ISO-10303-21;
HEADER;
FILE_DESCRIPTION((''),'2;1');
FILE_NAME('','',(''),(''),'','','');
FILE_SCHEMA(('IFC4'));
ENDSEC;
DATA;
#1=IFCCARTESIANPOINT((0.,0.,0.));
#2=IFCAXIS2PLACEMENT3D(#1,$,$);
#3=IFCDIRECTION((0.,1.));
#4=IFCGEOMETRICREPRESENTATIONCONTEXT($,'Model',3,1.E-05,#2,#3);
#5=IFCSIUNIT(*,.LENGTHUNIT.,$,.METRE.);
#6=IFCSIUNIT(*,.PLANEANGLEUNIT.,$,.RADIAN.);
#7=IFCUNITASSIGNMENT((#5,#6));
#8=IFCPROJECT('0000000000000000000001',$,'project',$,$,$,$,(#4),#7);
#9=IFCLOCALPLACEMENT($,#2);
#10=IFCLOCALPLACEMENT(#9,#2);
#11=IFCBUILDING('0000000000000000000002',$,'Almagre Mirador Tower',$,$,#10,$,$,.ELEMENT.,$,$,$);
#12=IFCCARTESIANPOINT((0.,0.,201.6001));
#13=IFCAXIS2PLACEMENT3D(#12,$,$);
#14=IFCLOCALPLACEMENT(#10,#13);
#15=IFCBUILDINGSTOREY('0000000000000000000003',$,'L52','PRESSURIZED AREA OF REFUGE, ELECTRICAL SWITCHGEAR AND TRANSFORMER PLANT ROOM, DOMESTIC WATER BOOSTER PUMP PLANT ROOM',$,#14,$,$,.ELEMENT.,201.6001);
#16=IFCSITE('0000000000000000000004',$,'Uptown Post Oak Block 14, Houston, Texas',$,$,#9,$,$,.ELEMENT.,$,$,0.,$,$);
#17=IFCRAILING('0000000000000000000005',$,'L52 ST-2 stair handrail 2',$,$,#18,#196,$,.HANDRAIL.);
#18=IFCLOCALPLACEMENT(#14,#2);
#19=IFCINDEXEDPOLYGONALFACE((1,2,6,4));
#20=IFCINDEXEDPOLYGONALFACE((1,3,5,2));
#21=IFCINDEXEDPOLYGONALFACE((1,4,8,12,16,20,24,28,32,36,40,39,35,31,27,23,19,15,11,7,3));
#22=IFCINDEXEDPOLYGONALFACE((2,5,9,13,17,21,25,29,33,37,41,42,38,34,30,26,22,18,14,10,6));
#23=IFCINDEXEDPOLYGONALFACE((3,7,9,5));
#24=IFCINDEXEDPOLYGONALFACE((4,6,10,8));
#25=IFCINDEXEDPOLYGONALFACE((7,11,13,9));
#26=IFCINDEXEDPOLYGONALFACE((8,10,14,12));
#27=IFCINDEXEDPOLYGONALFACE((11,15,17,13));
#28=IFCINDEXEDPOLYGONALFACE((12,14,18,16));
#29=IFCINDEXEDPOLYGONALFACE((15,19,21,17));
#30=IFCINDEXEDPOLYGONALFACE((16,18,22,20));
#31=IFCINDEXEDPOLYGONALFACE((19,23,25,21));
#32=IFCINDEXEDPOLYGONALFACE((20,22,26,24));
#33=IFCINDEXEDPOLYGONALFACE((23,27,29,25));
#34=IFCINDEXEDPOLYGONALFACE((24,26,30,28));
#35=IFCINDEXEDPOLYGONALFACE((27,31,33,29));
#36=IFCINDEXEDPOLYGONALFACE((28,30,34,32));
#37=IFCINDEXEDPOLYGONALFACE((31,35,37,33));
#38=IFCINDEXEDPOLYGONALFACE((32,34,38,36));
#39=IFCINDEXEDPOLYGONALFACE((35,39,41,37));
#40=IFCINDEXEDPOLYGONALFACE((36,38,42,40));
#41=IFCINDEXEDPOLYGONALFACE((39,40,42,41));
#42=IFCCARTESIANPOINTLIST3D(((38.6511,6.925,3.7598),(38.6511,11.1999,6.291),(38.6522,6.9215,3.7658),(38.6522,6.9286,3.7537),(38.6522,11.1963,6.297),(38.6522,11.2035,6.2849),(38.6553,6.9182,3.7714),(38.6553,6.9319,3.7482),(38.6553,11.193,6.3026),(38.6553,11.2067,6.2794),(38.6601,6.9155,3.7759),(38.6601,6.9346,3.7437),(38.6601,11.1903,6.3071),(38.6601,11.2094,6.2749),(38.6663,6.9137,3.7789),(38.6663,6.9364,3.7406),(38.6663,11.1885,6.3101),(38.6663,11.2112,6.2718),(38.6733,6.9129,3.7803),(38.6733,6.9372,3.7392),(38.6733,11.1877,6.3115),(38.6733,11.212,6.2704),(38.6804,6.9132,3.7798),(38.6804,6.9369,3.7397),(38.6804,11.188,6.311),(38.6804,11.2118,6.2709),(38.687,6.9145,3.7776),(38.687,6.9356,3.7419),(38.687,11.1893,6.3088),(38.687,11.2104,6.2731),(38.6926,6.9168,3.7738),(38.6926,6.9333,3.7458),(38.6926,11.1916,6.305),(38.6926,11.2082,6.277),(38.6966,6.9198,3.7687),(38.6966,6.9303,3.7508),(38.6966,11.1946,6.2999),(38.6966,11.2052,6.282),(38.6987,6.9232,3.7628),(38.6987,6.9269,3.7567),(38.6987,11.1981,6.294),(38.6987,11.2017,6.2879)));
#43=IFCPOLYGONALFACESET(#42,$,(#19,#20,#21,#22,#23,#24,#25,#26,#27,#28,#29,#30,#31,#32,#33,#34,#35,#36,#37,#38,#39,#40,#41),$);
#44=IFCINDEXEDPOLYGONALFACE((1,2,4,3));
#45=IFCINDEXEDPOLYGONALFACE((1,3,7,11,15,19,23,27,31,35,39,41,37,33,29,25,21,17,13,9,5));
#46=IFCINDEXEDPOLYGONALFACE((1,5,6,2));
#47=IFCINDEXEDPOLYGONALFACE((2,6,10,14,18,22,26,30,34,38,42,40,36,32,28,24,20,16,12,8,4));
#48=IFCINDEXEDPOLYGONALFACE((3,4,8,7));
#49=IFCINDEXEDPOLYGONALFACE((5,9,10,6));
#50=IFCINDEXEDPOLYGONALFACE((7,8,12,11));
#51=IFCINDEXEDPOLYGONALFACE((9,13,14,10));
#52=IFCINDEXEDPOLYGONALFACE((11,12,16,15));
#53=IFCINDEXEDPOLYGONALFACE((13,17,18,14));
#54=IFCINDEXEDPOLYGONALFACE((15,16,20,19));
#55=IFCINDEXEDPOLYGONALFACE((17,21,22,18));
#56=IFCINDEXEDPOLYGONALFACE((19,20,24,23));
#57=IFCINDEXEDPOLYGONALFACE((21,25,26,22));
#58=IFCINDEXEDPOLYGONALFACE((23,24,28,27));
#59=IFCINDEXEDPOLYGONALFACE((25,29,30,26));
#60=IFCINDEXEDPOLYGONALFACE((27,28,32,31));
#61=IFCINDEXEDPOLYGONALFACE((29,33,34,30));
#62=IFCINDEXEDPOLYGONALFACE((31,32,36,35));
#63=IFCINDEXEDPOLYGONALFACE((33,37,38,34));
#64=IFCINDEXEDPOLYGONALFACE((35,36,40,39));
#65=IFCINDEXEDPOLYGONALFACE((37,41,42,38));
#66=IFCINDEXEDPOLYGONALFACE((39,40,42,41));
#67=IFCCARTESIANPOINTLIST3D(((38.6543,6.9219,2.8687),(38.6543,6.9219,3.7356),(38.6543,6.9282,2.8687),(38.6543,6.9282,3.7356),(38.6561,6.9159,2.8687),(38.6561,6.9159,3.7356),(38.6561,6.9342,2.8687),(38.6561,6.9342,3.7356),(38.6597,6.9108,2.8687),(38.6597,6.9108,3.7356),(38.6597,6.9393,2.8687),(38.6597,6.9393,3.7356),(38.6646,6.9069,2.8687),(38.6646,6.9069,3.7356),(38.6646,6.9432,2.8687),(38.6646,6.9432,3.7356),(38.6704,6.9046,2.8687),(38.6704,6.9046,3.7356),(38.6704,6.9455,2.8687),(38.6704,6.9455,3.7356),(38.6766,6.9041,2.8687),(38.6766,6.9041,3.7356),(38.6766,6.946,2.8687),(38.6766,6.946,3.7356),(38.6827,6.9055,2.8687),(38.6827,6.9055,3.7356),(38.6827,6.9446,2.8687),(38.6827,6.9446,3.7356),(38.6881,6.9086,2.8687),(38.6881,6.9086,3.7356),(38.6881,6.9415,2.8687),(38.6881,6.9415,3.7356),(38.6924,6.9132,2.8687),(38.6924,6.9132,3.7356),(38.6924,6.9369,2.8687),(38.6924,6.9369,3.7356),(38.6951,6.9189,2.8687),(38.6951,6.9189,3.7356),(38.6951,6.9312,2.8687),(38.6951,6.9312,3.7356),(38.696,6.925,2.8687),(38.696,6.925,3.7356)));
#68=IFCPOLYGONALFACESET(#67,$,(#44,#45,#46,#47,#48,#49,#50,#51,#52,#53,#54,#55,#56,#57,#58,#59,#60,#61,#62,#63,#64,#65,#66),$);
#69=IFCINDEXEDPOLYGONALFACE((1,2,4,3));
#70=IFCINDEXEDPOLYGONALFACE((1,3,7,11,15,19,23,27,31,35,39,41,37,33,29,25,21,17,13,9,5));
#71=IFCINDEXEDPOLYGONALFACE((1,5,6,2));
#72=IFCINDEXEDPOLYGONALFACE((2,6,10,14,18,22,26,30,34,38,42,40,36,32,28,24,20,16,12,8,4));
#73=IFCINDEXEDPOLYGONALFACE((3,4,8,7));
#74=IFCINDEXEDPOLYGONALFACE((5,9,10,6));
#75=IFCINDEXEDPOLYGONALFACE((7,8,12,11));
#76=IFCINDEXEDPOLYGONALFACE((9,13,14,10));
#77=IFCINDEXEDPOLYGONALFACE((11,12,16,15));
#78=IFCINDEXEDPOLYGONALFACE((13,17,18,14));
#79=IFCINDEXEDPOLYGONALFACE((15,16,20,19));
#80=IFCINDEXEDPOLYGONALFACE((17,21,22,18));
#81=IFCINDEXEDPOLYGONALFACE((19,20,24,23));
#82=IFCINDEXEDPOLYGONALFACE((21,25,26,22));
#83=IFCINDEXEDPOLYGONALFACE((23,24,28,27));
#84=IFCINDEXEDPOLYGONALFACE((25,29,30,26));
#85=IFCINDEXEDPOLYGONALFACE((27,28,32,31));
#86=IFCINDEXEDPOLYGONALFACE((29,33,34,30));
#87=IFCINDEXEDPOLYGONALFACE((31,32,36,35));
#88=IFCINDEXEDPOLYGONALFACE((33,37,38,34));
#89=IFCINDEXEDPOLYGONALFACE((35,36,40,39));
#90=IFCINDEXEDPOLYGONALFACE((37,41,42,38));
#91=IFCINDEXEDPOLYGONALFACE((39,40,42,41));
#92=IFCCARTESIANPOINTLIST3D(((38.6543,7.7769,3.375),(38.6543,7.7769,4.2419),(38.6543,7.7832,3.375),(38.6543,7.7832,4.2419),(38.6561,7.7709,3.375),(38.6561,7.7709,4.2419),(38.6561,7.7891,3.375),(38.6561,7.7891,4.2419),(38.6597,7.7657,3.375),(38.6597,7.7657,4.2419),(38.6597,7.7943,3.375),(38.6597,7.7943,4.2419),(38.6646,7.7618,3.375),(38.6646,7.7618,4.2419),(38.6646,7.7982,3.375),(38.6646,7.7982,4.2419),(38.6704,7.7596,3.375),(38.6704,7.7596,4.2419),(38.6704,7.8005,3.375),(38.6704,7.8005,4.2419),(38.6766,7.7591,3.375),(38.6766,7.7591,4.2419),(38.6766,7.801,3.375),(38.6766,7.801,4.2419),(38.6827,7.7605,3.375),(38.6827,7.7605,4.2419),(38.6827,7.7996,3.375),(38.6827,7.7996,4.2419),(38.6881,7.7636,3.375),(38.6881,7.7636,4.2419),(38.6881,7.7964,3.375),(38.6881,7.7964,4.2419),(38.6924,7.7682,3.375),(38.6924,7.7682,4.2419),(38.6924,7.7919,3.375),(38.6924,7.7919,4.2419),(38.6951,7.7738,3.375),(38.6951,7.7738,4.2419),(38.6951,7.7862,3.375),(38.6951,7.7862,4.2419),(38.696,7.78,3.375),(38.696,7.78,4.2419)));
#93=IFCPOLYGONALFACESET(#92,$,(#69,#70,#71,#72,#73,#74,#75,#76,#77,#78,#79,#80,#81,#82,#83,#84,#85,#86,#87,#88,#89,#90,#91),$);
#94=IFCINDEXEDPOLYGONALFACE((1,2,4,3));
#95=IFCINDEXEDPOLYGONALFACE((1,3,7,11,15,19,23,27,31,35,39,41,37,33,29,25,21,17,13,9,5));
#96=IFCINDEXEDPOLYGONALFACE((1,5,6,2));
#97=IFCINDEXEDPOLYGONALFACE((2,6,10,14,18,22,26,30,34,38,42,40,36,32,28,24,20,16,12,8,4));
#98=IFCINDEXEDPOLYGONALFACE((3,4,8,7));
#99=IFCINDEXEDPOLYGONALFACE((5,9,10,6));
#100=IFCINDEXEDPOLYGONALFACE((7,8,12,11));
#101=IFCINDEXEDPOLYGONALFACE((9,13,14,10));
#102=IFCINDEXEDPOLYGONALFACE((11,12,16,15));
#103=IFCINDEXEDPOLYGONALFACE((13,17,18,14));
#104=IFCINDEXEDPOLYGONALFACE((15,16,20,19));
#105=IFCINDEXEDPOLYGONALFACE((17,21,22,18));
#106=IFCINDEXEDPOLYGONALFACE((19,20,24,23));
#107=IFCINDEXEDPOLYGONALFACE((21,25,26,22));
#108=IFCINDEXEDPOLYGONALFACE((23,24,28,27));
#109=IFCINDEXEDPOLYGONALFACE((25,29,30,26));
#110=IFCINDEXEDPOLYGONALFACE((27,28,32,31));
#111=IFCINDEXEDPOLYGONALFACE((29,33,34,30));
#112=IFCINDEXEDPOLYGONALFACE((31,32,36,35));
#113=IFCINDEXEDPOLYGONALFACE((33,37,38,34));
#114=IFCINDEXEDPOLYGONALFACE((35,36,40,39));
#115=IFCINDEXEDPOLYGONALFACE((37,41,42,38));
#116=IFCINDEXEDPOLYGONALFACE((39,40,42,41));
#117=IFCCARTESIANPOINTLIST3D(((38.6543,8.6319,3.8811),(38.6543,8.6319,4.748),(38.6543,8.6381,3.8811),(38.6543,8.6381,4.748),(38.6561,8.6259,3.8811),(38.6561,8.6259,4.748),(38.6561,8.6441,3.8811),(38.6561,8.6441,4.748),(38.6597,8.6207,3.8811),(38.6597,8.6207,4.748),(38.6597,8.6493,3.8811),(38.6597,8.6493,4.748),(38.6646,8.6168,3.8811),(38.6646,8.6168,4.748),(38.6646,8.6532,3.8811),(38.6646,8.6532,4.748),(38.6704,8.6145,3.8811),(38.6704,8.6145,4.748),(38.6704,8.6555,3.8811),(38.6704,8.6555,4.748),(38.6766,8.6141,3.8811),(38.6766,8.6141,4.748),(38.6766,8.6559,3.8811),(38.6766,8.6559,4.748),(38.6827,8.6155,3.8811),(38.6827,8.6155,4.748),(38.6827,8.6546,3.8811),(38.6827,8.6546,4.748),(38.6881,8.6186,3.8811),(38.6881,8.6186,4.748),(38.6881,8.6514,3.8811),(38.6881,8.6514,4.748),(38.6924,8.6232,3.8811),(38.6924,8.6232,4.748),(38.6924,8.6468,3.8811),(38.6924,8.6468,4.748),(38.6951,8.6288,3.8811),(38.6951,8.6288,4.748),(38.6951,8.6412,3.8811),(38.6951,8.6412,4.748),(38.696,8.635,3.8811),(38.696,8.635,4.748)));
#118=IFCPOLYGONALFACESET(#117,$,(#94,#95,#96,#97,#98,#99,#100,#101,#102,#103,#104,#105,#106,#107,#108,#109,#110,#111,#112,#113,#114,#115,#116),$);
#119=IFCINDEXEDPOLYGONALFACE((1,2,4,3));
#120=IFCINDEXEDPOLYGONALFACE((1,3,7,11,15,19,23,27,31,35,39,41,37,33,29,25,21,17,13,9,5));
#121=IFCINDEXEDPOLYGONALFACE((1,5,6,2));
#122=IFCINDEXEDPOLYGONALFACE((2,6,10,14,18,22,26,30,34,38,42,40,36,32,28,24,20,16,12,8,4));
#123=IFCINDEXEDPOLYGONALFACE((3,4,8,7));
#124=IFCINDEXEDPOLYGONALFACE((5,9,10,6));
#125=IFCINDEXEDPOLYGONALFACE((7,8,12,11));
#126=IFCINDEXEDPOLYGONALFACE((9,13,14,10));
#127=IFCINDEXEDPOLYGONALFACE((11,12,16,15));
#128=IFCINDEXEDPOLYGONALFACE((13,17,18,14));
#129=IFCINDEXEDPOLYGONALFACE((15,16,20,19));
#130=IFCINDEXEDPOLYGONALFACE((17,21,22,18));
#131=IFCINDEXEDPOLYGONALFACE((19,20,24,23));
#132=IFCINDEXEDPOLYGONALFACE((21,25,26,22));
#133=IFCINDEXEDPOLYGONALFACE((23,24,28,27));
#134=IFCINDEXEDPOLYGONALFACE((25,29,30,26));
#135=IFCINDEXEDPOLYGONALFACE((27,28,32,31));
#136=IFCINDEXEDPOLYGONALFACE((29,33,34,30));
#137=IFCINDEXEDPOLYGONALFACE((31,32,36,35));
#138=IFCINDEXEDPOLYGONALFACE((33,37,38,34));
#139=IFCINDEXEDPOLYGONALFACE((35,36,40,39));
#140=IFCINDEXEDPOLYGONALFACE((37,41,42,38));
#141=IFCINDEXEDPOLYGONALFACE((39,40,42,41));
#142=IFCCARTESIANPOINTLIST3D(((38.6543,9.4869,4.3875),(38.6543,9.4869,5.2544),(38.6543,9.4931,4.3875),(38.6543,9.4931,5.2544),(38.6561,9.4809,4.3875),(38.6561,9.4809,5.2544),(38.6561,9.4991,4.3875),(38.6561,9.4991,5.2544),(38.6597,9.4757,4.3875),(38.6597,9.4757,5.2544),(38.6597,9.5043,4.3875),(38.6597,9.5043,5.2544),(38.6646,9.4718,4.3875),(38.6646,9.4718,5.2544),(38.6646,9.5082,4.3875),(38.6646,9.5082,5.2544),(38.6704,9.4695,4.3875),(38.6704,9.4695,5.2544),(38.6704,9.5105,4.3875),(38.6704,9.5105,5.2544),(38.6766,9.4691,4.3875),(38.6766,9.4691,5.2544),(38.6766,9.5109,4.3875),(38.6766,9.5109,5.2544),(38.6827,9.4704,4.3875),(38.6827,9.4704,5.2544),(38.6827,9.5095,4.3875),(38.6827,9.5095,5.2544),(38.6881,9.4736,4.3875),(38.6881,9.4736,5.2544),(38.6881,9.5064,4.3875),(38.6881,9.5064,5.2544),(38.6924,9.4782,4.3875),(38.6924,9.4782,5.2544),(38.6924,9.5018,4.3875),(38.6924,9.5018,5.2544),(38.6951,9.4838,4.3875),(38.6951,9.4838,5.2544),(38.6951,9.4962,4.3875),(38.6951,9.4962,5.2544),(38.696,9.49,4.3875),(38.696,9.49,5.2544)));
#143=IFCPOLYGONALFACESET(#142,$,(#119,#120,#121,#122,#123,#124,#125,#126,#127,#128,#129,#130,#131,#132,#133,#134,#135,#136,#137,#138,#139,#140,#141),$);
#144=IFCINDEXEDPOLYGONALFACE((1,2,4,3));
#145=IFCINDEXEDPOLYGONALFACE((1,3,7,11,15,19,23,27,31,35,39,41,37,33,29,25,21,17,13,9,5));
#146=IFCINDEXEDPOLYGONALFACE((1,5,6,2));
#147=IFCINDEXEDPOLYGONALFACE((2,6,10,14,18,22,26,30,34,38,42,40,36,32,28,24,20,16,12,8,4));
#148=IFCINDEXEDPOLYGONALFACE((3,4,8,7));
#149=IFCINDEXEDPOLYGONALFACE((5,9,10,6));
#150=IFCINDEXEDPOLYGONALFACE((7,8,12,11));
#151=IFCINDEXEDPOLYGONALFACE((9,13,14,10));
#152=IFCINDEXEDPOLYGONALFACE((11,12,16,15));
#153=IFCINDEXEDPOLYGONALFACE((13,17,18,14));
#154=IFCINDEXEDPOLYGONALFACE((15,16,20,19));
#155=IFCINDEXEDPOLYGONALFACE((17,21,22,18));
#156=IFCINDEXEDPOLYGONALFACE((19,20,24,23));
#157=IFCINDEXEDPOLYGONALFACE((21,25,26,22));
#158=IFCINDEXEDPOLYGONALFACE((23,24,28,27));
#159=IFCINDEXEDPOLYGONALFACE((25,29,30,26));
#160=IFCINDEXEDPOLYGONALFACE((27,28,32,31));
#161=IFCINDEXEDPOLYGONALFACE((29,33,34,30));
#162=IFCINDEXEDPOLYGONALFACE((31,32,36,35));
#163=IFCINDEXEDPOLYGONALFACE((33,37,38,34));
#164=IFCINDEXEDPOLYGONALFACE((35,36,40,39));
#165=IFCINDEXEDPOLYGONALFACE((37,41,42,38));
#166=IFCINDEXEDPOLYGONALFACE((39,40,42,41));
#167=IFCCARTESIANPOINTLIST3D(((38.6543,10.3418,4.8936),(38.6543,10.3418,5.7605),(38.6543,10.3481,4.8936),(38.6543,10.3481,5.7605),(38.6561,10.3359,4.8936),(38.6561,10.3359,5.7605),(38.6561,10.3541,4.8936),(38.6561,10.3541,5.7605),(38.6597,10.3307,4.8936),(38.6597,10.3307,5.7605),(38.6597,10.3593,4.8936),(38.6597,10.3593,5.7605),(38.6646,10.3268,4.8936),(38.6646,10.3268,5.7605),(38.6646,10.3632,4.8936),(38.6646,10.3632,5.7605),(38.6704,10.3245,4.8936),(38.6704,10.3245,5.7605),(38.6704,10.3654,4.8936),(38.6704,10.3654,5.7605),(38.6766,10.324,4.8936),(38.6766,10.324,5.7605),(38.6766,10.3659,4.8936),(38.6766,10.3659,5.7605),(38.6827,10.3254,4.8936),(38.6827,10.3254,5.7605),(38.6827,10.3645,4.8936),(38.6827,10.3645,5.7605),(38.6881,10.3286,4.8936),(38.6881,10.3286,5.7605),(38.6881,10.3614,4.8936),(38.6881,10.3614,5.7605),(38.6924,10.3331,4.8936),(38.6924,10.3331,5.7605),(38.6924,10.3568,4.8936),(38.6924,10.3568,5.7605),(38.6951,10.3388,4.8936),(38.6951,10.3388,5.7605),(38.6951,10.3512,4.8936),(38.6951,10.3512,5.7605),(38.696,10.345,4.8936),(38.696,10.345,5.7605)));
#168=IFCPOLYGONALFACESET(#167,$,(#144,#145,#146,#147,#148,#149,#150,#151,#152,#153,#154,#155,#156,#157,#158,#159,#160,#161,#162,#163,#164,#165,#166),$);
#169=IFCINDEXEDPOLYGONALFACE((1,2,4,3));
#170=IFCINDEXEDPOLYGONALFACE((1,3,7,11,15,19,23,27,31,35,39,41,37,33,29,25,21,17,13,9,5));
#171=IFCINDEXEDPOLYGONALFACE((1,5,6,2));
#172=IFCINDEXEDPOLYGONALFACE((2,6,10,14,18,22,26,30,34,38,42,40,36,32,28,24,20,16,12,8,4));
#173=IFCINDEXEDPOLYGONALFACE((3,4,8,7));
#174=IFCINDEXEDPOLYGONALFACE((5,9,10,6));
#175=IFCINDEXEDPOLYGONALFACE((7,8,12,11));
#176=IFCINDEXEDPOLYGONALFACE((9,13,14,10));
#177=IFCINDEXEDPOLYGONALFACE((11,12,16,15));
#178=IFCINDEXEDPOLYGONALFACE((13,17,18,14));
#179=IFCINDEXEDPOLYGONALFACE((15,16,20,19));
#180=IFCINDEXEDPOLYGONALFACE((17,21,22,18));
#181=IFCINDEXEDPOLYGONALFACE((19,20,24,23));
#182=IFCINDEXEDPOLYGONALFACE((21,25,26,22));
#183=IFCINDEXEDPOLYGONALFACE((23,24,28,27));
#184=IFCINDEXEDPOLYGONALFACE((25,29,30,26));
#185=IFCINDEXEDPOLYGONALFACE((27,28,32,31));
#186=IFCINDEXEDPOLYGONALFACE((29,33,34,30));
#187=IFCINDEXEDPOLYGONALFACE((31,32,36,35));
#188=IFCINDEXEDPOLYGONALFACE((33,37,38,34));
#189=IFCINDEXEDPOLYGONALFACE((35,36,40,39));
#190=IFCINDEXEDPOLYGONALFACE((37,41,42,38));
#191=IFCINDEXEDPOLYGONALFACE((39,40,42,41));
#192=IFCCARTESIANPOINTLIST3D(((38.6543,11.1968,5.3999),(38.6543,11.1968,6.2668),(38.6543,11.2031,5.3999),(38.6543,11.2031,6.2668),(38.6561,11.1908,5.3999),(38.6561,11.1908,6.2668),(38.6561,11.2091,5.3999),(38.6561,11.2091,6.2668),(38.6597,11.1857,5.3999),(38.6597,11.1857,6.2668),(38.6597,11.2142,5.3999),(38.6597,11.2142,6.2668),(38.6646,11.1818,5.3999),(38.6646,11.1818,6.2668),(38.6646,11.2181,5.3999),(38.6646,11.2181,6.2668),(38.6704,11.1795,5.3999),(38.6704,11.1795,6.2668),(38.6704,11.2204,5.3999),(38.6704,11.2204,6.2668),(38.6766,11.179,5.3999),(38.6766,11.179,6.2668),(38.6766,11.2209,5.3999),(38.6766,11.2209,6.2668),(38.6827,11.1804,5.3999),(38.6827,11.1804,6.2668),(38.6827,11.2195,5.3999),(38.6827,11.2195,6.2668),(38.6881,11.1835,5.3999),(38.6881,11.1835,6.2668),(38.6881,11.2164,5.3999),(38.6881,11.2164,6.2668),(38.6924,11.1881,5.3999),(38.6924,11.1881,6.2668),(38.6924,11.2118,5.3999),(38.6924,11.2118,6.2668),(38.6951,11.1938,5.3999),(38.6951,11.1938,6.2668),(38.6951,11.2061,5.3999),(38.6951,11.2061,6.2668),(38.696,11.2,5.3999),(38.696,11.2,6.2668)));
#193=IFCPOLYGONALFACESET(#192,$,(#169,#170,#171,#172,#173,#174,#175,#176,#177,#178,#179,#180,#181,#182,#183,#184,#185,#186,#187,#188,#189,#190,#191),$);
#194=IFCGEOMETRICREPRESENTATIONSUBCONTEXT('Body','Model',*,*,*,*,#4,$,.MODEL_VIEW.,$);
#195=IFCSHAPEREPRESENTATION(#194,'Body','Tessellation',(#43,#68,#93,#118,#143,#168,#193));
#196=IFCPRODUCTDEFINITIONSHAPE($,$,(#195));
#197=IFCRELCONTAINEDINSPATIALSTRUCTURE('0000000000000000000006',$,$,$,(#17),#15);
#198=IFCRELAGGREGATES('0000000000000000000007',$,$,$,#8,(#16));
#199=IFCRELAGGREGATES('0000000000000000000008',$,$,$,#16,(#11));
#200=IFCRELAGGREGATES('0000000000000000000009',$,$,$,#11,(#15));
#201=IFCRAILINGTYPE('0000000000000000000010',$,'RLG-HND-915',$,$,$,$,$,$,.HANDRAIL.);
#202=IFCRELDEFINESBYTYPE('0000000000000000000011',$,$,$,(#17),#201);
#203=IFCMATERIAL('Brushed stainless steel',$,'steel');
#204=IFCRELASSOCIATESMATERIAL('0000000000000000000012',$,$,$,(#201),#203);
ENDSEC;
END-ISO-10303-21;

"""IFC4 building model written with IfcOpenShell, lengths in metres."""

from ifc_helpers import new_model, si_unit, direction, frame, origin, origin_2d, place, context, subcontext, project, spatial, circle, extrude, material, type_object, element, save


model = new_model("IFC4")

# Units and contexts
model_context = context("Model", 3, precision=1e-05, world=origin(), true_north=direction((0.0, 1.0)))
body_context = subcontext(model_context, "Body", "Model", "MODEL_VIEW")
ifc_project = project(units=[si_unit("LENGTHUNIT", "METRE"), si_unit("PLANEANGLEUNIT", "RADIAN")], contexts=[model_context])

# Site, building, storey
site_placement = place(None, origin())
site = spatial("IfcSite", under=ifc_project, at=site_placement, Name="Uptown Post Oak Block 14, Houston, Texas", CompositionType="ELEMENT", RefElevation=0.0)
building_placement = place(site_placement, origin())
building = spatial("IfcBuilding", under=site, at=building_placement, Name="Almagre Mirador Tower", CompositionType="ELEMENT")
storey_placement = place(building_placement, frame((0.0, 0.0, 201.6001)))
storey = spatial("IfcBuildingStorey", under=building, at=storey_placement, Name="L52", Description="PRESSURIZED AREA OF REFUGE, ELECTRICAL SWITCHGEAR AND TRANSFORMER PLANT ROOM, DOMESTIC WATER BOOSTER PUMP PLANT ROOM", CompositionType="ELEMENT", Elevation=201.6001)

# Railing
ifc_material_1 = material(Name="Brushed stainless steel", Category="steel")
railing_type_1 = type_object("IfcRailingType", Name="RLG-HND-915", PredefinedType="HANDRAIL", material=ifc_material_1)
railing_1_placement = place(storey_placement, frame((38.675, 6.925, 2.8687)))
element("IfcRailing", 1, at=railing_1_placement, inside=storey, type_object=railing_type_1, Name="L52 ST-2 stair handrail 2", PredefinedType="HANDRAIL", context=body_context, shape_type="SweptSolid", body=[
    extrude(circle(Radius=0.0239, at=origin_2d()), frame((0.0, 0.0, 0.8911), z_axis=(0.0, 0.86047, 0.509501), x_axis=(-1.0, 0.0, 0.0)), (0.0, 0.0, 1.0), 4.968),
    extrude(circle(Radius=0.021, at=origin_2d()), origin(), (0.0, 0.0, 1.0), 0.8669),
    extrude(circle(Radius=0.021, at=origin_2d()), frame((0.0, 0.855, 0.5063)), (0.0, 0.0, 1.0), 0.8669),
    extrude(circle(Radius=0.021, at=origin_2d()), frame((0.0, 1.71, 1.0125)), (0.0, 0.0, 1.0), 0.8669),
    extrude(circle(Radius=0.021, at=origin_2d()), frame((0.0, 2.5649, 1.5188)), (0.0, 0.0, 1.0), 0.8669),
    extrude(circle(Radius=0.021, at=origin_2d()), frame((0.0, 3.4199, 2.0249)), (0.0, 0.0, 1.0), 0.8669),
    extrude(circle(Radius=0.021, at=origin_2d()), frame((0.0, 4.2749, 2.5312)), (0.0, 0.0, 1.0), 0.8669),
])

save(model, "model.ifc")
